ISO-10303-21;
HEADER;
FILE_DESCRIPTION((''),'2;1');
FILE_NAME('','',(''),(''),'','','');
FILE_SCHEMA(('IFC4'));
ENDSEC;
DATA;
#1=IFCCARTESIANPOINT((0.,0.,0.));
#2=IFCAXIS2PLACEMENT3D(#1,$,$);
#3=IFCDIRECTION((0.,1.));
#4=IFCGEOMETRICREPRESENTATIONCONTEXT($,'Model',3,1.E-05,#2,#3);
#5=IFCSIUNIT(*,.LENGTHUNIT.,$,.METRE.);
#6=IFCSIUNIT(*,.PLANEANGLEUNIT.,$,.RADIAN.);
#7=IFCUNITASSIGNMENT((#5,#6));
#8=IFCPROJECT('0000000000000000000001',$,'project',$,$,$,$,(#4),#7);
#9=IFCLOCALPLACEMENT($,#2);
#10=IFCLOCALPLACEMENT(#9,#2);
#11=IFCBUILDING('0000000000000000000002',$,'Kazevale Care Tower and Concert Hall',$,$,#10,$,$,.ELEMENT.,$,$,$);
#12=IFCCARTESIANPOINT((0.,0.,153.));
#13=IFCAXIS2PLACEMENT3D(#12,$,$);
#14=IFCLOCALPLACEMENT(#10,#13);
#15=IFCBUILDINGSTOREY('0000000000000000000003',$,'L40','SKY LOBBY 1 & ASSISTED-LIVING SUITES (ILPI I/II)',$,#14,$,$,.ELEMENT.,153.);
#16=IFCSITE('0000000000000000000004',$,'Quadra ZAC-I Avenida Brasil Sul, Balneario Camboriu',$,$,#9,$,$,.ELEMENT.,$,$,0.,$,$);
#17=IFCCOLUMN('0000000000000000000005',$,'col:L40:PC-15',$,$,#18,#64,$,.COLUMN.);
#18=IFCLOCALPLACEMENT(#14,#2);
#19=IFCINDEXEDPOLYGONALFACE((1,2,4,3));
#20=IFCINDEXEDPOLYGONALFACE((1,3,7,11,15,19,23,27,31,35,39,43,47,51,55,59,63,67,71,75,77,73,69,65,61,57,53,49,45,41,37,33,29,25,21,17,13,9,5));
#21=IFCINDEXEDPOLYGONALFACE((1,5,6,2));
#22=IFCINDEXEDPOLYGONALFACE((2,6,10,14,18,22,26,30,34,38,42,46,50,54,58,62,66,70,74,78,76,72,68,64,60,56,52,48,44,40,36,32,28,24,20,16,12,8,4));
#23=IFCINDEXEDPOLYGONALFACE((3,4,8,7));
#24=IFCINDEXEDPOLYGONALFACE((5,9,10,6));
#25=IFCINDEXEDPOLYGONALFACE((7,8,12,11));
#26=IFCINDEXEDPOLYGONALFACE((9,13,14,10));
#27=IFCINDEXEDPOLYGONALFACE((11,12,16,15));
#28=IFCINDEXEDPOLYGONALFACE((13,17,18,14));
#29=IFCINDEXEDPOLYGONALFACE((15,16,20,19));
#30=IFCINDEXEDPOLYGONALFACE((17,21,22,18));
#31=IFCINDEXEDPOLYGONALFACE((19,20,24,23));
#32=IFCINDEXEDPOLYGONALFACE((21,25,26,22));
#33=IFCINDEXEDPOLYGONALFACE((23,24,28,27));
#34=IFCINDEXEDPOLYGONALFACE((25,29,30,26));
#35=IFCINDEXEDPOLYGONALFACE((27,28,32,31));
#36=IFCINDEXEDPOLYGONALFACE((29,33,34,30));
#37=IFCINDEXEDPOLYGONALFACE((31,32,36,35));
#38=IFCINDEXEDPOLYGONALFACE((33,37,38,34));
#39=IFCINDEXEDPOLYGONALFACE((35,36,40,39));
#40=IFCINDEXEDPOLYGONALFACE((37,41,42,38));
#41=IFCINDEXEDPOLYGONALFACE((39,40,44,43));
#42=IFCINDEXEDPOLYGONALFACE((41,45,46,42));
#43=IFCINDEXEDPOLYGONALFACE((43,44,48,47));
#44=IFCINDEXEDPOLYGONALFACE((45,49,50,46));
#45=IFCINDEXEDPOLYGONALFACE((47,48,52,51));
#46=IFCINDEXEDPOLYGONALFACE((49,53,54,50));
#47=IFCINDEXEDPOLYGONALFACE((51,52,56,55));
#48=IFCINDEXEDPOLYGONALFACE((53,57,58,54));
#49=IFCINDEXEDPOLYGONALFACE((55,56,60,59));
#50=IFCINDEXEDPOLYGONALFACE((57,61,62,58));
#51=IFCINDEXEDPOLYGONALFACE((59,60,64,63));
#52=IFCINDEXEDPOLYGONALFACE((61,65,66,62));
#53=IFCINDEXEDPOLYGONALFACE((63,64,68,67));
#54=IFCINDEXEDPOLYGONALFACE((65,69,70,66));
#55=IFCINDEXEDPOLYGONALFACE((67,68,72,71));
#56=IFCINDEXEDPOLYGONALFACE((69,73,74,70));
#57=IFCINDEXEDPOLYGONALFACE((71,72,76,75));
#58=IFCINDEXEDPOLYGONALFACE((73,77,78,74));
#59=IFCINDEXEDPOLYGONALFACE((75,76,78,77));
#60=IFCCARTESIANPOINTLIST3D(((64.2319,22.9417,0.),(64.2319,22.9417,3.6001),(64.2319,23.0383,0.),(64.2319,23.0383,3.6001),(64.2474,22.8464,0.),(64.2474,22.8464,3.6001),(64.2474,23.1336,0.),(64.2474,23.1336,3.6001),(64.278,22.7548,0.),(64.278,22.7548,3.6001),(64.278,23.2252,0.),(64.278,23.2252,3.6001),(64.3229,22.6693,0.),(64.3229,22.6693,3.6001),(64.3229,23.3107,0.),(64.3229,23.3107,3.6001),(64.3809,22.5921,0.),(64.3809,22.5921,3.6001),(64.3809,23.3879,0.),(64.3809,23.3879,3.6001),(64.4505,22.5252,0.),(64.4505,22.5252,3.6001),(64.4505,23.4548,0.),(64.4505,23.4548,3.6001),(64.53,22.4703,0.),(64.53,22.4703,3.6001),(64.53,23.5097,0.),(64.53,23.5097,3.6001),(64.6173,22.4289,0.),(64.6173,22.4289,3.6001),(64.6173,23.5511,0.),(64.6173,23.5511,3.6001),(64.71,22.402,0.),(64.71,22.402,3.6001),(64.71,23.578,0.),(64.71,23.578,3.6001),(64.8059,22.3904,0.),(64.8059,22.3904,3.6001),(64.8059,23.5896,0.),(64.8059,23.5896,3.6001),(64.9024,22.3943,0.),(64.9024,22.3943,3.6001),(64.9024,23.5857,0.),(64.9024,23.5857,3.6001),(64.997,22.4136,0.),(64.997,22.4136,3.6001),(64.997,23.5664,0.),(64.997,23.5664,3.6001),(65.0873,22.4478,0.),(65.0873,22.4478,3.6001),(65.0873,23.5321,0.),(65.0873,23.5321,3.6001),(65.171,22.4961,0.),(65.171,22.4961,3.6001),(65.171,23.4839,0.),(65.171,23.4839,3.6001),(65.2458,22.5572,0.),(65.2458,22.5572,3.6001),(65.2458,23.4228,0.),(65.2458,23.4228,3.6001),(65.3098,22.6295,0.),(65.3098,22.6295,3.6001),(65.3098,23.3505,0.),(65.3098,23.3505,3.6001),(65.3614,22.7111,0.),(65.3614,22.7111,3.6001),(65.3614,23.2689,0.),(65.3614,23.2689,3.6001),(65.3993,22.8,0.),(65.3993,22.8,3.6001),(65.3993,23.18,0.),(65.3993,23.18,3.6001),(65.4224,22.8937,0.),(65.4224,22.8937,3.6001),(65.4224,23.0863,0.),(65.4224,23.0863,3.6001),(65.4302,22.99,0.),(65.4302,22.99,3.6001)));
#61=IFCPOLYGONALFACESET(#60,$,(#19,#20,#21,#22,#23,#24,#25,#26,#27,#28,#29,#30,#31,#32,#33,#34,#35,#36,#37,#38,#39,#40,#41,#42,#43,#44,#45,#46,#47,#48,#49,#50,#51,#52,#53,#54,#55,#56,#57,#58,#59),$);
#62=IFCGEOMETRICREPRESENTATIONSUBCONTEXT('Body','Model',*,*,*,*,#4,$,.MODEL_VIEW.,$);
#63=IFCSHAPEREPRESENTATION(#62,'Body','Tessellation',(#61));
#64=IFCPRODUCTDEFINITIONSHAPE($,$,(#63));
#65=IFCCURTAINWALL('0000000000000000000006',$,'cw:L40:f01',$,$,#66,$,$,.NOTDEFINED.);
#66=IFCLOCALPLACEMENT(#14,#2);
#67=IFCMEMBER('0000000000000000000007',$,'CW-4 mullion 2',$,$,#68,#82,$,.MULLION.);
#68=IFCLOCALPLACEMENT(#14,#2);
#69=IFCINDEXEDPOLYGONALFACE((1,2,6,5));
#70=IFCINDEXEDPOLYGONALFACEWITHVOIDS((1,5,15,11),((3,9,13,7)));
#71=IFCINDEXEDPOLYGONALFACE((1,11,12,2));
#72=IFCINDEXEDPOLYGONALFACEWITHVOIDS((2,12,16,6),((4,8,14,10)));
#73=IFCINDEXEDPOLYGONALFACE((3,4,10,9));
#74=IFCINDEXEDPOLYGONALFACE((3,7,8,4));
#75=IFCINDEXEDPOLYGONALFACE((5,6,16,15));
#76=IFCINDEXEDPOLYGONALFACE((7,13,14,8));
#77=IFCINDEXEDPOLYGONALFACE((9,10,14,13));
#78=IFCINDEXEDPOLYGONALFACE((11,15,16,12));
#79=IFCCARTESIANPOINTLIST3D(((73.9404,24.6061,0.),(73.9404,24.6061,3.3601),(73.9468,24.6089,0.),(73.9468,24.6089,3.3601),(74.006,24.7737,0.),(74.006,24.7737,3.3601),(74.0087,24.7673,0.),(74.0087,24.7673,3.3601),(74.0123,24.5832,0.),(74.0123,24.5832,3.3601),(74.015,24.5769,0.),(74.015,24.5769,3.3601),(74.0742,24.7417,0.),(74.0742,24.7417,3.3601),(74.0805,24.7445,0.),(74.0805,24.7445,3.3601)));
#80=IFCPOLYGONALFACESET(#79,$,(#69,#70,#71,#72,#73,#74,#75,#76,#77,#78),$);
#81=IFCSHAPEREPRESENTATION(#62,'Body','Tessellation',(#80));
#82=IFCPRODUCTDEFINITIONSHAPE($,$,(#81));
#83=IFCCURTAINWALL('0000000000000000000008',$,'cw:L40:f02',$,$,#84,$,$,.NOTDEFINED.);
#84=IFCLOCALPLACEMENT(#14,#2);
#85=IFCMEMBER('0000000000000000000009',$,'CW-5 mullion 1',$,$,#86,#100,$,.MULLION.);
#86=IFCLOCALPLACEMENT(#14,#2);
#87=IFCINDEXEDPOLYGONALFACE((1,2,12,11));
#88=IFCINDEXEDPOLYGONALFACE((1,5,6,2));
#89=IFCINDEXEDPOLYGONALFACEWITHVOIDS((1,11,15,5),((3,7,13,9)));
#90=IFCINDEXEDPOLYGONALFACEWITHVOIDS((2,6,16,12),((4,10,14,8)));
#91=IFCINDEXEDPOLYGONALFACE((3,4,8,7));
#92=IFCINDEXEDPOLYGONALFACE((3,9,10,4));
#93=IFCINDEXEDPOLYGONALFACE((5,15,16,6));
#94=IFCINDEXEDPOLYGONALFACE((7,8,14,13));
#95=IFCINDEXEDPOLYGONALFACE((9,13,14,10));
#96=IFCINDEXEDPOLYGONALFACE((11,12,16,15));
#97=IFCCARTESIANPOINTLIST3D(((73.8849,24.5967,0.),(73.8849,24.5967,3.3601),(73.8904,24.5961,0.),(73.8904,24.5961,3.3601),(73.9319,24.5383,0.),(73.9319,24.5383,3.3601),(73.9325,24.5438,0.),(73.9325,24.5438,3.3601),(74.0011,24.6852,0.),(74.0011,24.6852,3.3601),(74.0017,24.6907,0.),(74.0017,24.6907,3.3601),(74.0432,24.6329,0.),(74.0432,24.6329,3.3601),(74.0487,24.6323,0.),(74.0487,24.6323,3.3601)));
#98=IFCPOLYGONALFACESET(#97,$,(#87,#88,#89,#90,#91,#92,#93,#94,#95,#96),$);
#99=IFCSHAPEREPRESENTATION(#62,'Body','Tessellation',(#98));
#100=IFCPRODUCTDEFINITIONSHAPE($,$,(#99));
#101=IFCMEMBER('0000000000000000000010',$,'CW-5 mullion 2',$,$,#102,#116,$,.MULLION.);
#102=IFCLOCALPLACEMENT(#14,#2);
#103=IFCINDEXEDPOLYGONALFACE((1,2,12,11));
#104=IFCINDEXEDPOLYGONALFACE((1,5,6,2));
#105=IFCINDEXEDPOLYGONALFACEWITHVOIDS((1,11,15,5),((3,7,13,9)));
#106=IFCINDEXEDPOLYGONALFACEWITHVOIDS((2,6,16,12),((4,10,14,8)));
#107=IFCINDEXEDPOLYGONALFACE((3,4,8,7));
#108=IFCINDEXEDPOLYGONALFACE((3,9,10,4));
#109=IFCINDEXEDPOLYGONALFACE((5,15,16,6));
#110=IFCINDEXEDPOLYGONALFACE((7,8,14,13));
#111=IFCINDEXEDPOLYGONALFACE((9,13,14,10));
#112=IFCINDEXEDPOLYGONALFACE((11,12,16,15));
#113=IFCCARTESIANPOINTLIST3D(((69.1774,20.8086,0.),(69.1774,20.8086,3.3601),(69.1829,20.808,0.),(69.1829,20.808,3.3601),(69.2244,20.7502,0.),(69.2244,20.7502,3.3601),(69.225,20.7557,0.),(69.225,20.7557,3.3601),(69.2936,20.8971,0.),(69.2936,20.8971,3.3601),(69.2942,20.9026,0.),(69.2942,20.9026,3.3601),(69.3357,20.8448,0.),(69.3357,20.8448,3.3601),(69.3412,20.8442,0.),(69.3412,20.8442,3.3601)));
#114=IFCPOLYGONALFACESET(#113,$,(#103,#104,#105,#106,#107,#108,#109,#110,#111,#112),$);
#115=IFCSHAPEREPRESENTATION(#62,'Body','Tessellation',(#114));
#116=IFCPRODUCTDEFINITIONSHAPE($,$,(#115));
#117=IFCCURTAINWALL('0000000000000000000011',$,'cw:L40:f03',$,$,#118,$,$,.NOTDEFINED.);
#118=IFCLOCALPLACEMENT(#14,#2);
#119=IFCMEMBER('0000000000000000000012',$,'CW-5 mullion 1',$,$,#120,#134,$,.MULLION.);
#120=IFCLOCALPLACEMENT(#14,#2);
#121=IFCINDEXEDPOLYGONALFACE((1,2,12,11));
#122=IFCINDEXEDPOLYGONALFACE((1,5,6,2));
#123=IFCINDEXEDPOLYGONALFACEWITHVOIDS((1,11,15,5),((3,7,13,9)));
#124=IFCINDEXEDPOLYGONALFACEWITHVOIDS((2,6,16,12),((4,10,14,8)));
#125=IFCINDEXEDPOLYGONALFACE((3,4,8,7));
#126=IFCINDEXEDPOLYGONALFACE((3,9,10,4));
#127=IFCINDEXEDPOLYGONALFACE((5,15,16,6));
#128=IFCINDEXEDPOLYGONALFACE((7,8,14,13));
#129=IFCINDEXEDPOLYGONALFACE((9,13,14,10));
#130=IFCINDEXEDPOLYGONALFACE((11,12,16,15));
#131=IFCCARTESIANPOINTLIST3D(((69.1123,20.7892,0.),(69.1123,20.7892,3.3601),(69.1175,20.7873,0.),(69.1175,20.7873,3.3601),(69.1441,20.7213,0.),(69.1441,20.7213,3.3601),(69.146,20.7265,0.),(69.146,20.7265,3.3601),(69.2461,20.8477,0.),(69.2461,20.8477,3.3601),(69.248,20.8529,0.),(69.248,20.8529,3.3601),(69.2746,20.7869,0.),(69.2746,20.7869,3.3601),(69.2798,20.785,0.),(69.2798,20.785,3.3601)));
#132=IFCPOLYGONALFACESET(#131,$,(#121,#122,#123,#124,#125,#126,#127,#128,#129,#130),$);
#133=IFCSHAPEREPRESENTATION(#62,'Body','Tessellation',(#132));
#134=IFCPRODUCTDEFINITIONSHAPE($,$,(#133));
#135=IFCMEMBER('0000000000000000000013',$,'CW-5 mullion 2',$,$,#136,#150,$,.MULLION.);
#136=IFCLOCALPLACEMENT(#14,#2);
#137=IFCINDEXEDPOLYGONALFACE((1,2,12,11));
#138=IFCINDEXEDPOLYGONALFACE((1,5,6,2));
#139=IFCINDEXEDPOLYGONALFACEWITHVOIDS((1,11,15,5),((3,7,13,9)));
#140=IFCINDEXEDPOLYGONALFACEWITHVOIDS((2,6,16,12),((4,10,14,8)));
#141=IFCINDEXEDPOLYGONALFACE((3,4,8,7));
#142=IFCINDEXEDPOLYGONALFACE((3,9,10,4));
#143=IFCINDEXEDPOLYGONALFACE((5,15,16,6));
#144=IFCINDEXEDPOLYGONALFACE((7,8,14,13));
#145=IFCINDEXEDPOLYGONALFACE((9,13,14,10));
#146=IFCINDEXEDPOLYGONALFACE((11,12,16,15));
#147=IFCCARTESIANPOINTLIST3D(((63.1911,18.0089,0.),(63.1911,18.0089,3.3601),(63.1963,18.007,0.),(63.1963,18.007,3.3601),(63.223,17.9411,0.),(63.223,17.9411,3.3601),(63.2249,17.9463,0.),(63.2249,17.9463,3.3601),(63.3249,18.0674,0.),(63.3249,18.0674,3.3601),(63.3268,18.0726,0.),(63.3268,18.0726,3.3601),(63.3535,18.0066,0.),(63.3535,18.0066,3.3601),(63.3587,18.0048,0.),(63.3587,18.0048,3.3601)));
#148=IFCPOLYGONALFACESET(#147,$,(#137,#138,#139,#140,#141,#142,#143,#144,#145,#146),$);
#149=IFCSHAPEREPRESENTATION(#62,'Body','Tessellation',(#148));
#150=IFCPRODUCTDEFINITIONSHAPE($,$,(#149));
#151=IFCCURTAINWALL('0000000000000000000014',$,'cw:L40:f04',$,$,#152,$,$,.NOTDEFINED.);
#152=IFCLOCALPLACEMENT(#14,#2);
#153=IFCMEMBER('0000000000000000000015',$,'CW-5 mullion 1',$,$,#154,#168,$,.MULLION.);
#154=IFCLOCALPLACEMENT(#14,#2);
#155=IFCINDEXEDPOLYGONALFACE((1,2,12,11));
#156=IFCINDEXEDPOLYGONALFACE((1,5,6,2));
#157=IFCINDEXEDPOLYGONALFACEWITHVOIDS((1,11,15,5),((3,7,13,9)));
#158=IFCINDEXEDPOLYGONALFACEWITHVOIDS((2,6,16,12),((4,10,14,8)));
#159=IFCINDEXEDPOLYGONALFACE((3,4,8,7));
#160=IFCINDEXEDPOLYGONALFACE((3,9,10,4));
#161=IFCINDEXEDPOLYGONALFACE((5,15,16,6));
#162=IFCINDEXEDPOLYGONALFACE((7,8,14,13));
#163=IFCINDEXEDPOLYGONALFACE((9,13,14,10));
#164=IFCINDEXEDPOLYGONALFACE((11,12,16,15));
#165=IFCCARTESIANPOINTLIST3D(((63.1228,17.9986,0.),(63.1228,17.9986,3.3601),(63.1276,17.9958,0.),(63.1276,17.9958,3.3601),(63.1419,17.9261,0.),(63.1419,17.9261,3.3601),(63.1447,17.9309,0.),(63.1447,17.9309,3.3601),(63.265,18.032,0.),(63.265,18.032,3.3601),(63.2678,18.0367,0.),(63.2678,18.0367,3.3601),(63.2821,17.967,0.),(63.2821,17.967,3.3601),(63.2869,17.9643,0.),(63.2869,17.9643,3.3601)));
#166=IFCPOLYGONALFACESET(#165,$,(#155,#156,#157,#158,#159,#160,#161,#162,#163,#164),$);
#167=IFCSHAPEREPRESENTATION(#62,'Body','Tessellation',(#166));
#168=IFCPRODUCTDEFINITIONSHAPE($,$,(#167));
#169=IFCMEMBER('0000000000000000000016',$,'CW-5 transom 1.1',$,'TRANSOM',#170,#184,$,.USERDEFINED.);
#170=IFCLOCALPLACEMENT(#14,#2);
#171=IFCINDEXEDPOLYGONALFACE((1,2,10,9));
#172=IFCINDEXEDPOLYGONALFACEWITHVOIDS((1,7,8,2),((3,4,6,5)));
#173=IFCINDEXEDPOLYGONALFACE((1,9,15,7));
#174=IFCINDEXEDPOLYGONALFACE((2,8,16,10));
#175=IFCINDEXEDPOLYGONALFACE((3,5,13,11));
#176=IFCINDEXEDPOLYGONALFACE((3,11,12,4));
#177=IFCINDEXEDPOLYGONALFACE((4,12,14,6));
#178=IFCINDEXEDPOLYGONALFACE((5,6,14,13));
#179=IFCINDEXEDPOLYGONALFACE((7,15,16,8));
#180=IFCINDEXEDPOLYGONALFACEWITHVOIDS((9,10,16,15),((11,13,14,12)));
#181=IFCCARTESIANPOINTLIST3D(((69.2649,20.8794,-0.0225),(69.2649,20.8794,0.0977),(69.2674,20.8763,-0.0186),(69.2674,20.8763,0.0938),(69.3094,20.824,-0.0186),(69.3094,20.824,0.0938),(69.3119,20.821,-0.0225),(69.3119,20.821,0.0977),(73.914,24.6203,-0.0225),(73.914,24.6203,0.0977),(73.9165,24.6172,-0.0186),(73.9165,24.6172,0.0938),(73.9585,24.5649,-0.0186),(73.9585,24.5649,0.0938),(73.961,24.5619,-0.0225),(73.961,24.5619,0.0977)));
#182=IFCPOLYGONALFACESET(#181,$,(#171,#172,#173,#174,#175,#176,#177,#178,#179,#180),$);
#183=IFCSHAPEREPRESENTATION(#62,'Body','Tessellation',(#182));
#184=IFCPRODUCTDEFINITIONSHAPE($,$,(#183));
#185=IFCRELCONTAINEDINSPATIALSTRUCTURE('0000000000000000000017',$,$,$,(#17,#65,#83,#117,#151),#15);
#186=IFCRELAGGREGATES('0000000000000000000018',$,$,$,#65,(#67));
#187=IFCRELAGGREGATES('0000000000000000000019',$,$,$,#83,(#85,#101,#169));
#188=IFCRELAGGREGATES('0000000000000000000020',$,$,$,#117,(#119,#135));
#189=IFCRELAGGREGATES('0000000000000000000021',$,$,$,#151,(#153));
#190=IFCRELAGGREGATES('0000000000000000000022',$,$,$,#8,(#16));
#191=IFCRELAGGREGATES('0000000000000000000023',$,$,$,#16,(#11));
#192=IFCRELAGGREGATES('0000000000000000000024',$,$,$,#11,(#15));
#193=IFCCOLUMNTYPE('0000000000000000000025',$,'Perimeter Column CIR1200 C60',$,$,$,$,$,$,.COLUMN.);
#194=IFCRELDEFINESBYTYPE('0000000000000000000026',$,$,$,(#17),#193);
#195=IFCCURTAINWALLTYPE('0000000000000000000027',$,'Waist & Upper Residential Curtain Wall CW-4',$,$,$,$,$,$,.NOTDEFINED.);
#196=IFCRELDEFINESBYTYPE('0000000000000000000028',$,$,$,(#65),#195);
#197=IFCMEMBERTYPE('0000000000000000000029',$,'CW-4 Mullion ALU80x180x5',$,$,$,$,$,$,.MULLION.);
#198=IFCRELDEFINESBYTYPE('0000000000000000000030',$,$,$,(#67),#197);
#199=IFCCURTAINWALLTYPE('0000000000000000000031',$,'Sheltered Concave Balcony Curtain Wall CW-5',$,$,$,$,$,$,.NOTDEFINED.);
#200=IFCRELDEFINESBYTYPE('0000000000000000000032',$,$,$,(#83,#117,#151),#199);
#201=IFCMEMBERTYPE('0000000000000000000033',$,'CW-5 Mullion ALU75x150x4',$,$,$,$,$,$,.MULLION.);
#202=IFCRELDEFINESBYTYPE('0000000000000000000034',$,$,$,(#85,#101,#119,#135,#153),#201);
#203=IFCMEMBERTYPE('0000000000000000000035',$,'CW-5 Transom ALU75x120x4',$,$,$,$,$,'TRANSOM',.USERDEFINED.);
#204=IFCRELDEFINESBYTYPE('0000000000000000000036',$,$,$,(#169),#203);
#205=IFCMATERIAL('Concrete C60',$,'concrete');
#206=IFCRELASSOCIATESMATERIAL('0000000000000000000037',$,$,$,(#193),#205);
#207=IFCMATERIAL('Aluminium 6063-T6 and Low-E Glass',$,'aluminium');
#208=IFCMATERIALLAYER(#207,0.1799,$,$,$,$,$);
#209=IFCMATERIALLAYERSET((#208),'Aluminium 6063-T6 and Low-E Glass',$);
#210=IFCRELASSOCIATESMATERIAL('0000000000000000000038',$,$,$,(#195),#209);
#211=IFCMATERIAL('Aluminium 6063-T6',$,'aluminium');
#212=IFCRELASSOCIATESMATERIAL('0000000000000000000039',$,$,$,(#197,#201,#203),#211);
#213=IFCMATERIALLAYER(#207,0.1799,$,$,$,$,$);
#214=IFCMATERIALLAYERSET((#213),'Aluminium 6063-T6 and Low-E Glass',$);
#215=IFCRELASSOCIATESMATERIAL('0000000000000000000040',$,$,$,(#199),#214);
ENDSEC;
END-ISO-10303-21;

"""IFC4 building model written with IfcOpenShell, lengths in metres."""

from ifc_helpers import new_model, si_unit, direction, frame, origin, origin_2d, place, context, subcontext, project, spatial, hollow_rectangle, circle, extrude, material, layer, layer_set, material_profile, profile_set, type_object, element, aggregate, save


model = new_model("IFC4")

# Units and contexts
model_context = context("Model", 3, precision=1e-05, world=origin(), true_north=direction((0.0, 1.0)))
body_context = subcontext(model_context, "Body", "Model", "MODEL_VIEW")
ifc_project = project(units=[si_unit("LENGTHUNIT", "METRE"), si_unit("PLANEANGLEUNIT", "RADIAN")], contexts=[model_context])

# Site, building, storey
site_placement = place(None, origin())
site = spatial("IfcSite", under=ifc_project, at=site_placement, Name="Quadra ZAC-I Avenida Brasil Sul, Balneario Camboriu", CompositionType="ELEMENT", RefElevation=0.0)
building_placement = place(site_placement, origin())
building = spatial("IfcBuilding", under=site, at=building_placement, Name="Kazevale Care Tower and Concert Hall", CompositionType="ELEMENT")
storey_placement = place(building_placement, frame((0.0, 0.0, 153.0)))
storey = spatial("IfcBuildingStorey", under=building, at=storey_placement, Name="L40", Description="SKY LOBBY 1 & ASSISTED-LIVING SUITES (ILPI I/II)", CompositionType="ELEMENT", Elevation=153.0)

# Column
ifc_material_1 = material(Name="Concrete C60", Category="concrete")
ifc_material_profile_1 = material_profile(ifc_material_1, circle(Radius=0.6001, at=origin_2d()), Name="RC-CIR1200")
ifc_profile_set_1 = profile_set([ifc_material_profile_1], Name="Concrete C60")
column_type = type_object("IfcColumnType", Name="Perimeter Column CIR1200 C60", PredefinedType="COLUMN", material=ifc_profile_set_1)
column_placement = place(storey_placement, frame((64.8301, 22.99, 0.0), z_axis=(0.0, 0.0, 1.0), x_axis=(1.0, 0.0, 0.0)))
element("IfcColumn", 1, at=column_placement, inside=storey, type_object=column_type, Name="col:L40:PC-15", PredefinedType="COLUMN", context=body_context, shape_type="SweptSolid", body=[
    extrude(circle(Radius=0.6001, at=origin_2d()), origin(), (0.0, 0.0, 1.0), 3.6001),
])

# Curtain wall, member
ifc_material_2 = material(Name="Aluminium 6063-T6 and Low-E Glass", Category="aluminium")
ifc_layer_1 = layer(ifc_material_2, 0.1799)
ifc_layer_set_1 = layer_set([ifc_layer_1], Name="Aluminium 6063-T6 and Low-E Glass")
curtain_wall_type_1 = type_object("IfcCurtainWallType", Name="Waist & Upper Residential Curtain Wall CW-4", PredefinedType="NOTDEFINED", material=ifc_layer_set_1)
curtain_wall_1_placement = place(storey_placement, origin())
curtain_wall_1 = element("IfcCurtainWall", 2, at=curtain_wall_1_placement, inside=storey, type_object=curtain_wall_type_1, Name="cw:L40:f01", PredefinedType="NOTDEFINED")
ifc_material_3 = material(Name="Aluminium 6063-T6", Category="aluminium")
ifc_material_profile_2 = material_profile(ifc_material_3, hollow_rectangle(XDim=0.0801, YDim=0.1799, WallThickness=0.0049, at=origin_2d()), Name="ALU80x180x5")
ifc_profile_set_2 = profile_set([ifc_material_profile_2], Name="Aluminium 6063-T6")
member_type_1 = type_object("IfcMemberType", Name="CW-4 Mullion ALU80x180x5", PredefinedType="MULLION", material=ifc_profile_set_2)
member_1_placement = place(storey_placement, frame((74.0105, 24.6753, 0.0), z_axis=(0.0, 0.0, 1.0), x_axis=(0.931352, -0.364121, 0.0)))
member_1 = element("IfcMember", 3, at=member_1_placement, type_object=member_type_1, Name="CW-4 mullion 2", PredefinedType="MULLION", context=body_context, shape_type="SweptSolid", body=[
    extrude(hollow_rectangle(XDim=0.0801, YDim=0.1799, WallThickness=0.0049, at=origin_2d()), origin(), (0.0, 0.0, 1.0), 3.3601),
])
aggregate(curtain_wall_1, [member_1])

# Curtain walls, members
ifc_layer_2 = layer(ifc_material_2, 0.1799)
ifc_layer_set_2 = layer_set([ifc_layer_2], Name="Aluminium 6063-T6 and Low-E Glass")
curtain_wall_type_2 = type_object("IfcCurtainWallType", Name="Sheltered Concave Balcony Curtain Wall CW-5", PredefinedType="NOTDEFINED", material=ifc_layer_set_2)
curtain_wall_2_placement = place(storey_placement, origin())
curtain_wall_2 = element("IfcCurtainWall", 4, at=curtain_wall_2_placement, inside=storey, type_object=curtain_wall_type_2, Name="cw:L40:f02", PredefinedType="NOTDEFINED")
ifc_material_profile_3 = material_profile(ifc_material_3, hollow_rectangle(XDim=0.075, YDim=0.1499, WallThickness=0.0039, at=origin_2d()), Name="ALU75x150x4")
ifc_profile_set_3 = profile_set([ifc_material_profile_3], Name="Aluminium 6063-T6")
member_type_2 = type_object("IfcMemberType", Name="CW-5 Mullion ALU75x150x4", PredefinedType="MULLION", material=ifc_profile_set_3)
member_2_placement = place(storey_placement, frame((73.9668, 24.6145, 0.0), z_axis=(0.0, 0.0, 1.0), x_axis=(0.626905, -0.779095, 0.0)))
member_2 = element("IfcMember", 5, at=member_2_placement, type_object=member_type_2, Name="CW-5 mullion 1", PredefinedType="MULLION", context=body_context, shape_type="SweptSolid", body=[
    extrude(hollow_rectangle(XDim=0.075, YDim=0.1499, WallThickness=0.0039, at=origin_2d()), origin(), (0.0, 0.0, 1.0), 3.3601),
])
member_3_placement = place(storey_placement, frame((69.2593, 20.8264, 0.0), z_axis=(0.0, 0.0, 1.0), x_axis=(0.626905, -0.779095, 0.0)))
member_3 = element("IfcMember", 6, at=member_3_placement, type_object=member_type_2, Name="CW-5 mullion 2", PredefinedType="MULLION", context=body_context, shape_type="SweptSolid", body=[
    extrude(hollow_rectangle(XDim=0.075, YDim=0.1499, WallThickness=0.0039, at=origin_2d()), origin(), (0.0, 0.0, 1.0), 3.3601),
])
curtain_wall_3_placement = place(storey_placement, origin())
curtain_wall_3 = element("IfcCurtainWall", 7, at=curtain_wall_3_placement, inside=storey, type_object=curtain_wall_type_2, Name="cw:L40:f03", PredefinedType="NOTDEFINED")
member_4_placement = place(storey_placement, frame((69.196, 20.7871, 0.0), z_axis=(0.0, 0.0, 1.0), x_axis=(0.425011, -0.905188, 0.0)))
member_4 = element("IfcMember", 8, at=member_4_placement, type_object=member_type_2, Name="CW-5 mullion 1", PredefinedType="MULLION", context=body_context, shape_type="SweptSolid", body=[
    extrude(hollow_rectangle(XDim=0.075, YDim=0.1499, WallThickness=0.0039, at=origin_2d()), origin(), (0.0, 0.0, 1.0), 3.3601),
])
member_5_placement = place(storey_placement, frame((63.2749, 18.0068, 0.0), z_axis=(0.0, 0.0, 1.0), x_axis=(0.425011, -0.905188, 0.0)))
member_5 = element("IfcMember", 9, at=member_5_placement, type_object=member_type_2, Name="CW-5 mullion 2", PredefinedType="MULLION", context=body_context, shape_type="SweptSolid", body=[
    extrude(hollow_rectangle(XDim=0.075, YDim=0.1499, WallThickness=0.0039, at=origin_2d()), origin(), (0.0, 0.0, 1.0), 3.3601),
])

# Curtain wall, member
curtain_wall_4_placement = place(storey_placement, origin())
curtain_wall_4 = element("IfcCurtainWall", 10, at=curtain_wall_4_placement, inside=storey, type_object=curtain_wall_type_2, Name="cw:L40:f04", PredefinedType="NOTDEFINED")
member_6_placement = place(storey_placement, frame((63.2048, 17.9814, 0.0), z_axis=(0.0, 0.0, 1.0), x_axis=(0.254238, -0.967142, 0.0)))
member_6 = element("IfcMember", 11, at=member_6_placement, type_object=member_type_2, Name="CW-5 mullion 1", PredefinedType="MULLION", context=body_context, shape_type="SweptSolid", body=[
    extrude(hollow_rectangle(XDim=0.075, YDim=0.1499, WallThickness=0.0039, at=origin_2d()), origin(), (0.0, 0.0, 1.0), 3.3601),
])

# Member
ifc_material_profile_4 = material_profile(ifc_material_3, hollow_rectangle(XDim=0.075, YDim=0.1201, WallThickness=0.0039, at=origin_2d()), Name="ALU75x120x4")
ifc_profile_set_4 = profile_set([ifc_material_profile_4], Name="Aluminium 6063-T6")
member_type_3 = type_object("IfcMemberType", Name="CW-5 Transom ALU75x120x4", ElementType="TRANSOM", PredefinedType="USERDEFINED", material=ifc_profile_set_4)
member_7_placement = place(storey_placement, frame((73.9375, 24.5911, 0.0376), z_axis=(-0.779097, -0.626903, 0.0), x_axis=(0.626903, -0.779097, 0.0)))
member_7 = element("IfcMember", 12, at=member_7_placement, type_object=member_type_3, Name="CW-5 transom 1.1", ObjectType="TRANSOM", PredefinedType="USERDEFINED", context=body_context, shape_type="SweptSolid", body=[
    extrude(hollow_rectangle(XDim=0.075, YDim=0.1201, WallThickness=0.0039, at=origin_2d()), origin(), (0.0, 0.0, 1.0), 5.9673),
])

aggregate(curtain_wall_2, [member_2, member_3, member_7])
aggregate(curtain_wall_3, [member_4, member_5])
aggregate(curtain_wall_4, [member_6])

save(model, "model.ifc")
